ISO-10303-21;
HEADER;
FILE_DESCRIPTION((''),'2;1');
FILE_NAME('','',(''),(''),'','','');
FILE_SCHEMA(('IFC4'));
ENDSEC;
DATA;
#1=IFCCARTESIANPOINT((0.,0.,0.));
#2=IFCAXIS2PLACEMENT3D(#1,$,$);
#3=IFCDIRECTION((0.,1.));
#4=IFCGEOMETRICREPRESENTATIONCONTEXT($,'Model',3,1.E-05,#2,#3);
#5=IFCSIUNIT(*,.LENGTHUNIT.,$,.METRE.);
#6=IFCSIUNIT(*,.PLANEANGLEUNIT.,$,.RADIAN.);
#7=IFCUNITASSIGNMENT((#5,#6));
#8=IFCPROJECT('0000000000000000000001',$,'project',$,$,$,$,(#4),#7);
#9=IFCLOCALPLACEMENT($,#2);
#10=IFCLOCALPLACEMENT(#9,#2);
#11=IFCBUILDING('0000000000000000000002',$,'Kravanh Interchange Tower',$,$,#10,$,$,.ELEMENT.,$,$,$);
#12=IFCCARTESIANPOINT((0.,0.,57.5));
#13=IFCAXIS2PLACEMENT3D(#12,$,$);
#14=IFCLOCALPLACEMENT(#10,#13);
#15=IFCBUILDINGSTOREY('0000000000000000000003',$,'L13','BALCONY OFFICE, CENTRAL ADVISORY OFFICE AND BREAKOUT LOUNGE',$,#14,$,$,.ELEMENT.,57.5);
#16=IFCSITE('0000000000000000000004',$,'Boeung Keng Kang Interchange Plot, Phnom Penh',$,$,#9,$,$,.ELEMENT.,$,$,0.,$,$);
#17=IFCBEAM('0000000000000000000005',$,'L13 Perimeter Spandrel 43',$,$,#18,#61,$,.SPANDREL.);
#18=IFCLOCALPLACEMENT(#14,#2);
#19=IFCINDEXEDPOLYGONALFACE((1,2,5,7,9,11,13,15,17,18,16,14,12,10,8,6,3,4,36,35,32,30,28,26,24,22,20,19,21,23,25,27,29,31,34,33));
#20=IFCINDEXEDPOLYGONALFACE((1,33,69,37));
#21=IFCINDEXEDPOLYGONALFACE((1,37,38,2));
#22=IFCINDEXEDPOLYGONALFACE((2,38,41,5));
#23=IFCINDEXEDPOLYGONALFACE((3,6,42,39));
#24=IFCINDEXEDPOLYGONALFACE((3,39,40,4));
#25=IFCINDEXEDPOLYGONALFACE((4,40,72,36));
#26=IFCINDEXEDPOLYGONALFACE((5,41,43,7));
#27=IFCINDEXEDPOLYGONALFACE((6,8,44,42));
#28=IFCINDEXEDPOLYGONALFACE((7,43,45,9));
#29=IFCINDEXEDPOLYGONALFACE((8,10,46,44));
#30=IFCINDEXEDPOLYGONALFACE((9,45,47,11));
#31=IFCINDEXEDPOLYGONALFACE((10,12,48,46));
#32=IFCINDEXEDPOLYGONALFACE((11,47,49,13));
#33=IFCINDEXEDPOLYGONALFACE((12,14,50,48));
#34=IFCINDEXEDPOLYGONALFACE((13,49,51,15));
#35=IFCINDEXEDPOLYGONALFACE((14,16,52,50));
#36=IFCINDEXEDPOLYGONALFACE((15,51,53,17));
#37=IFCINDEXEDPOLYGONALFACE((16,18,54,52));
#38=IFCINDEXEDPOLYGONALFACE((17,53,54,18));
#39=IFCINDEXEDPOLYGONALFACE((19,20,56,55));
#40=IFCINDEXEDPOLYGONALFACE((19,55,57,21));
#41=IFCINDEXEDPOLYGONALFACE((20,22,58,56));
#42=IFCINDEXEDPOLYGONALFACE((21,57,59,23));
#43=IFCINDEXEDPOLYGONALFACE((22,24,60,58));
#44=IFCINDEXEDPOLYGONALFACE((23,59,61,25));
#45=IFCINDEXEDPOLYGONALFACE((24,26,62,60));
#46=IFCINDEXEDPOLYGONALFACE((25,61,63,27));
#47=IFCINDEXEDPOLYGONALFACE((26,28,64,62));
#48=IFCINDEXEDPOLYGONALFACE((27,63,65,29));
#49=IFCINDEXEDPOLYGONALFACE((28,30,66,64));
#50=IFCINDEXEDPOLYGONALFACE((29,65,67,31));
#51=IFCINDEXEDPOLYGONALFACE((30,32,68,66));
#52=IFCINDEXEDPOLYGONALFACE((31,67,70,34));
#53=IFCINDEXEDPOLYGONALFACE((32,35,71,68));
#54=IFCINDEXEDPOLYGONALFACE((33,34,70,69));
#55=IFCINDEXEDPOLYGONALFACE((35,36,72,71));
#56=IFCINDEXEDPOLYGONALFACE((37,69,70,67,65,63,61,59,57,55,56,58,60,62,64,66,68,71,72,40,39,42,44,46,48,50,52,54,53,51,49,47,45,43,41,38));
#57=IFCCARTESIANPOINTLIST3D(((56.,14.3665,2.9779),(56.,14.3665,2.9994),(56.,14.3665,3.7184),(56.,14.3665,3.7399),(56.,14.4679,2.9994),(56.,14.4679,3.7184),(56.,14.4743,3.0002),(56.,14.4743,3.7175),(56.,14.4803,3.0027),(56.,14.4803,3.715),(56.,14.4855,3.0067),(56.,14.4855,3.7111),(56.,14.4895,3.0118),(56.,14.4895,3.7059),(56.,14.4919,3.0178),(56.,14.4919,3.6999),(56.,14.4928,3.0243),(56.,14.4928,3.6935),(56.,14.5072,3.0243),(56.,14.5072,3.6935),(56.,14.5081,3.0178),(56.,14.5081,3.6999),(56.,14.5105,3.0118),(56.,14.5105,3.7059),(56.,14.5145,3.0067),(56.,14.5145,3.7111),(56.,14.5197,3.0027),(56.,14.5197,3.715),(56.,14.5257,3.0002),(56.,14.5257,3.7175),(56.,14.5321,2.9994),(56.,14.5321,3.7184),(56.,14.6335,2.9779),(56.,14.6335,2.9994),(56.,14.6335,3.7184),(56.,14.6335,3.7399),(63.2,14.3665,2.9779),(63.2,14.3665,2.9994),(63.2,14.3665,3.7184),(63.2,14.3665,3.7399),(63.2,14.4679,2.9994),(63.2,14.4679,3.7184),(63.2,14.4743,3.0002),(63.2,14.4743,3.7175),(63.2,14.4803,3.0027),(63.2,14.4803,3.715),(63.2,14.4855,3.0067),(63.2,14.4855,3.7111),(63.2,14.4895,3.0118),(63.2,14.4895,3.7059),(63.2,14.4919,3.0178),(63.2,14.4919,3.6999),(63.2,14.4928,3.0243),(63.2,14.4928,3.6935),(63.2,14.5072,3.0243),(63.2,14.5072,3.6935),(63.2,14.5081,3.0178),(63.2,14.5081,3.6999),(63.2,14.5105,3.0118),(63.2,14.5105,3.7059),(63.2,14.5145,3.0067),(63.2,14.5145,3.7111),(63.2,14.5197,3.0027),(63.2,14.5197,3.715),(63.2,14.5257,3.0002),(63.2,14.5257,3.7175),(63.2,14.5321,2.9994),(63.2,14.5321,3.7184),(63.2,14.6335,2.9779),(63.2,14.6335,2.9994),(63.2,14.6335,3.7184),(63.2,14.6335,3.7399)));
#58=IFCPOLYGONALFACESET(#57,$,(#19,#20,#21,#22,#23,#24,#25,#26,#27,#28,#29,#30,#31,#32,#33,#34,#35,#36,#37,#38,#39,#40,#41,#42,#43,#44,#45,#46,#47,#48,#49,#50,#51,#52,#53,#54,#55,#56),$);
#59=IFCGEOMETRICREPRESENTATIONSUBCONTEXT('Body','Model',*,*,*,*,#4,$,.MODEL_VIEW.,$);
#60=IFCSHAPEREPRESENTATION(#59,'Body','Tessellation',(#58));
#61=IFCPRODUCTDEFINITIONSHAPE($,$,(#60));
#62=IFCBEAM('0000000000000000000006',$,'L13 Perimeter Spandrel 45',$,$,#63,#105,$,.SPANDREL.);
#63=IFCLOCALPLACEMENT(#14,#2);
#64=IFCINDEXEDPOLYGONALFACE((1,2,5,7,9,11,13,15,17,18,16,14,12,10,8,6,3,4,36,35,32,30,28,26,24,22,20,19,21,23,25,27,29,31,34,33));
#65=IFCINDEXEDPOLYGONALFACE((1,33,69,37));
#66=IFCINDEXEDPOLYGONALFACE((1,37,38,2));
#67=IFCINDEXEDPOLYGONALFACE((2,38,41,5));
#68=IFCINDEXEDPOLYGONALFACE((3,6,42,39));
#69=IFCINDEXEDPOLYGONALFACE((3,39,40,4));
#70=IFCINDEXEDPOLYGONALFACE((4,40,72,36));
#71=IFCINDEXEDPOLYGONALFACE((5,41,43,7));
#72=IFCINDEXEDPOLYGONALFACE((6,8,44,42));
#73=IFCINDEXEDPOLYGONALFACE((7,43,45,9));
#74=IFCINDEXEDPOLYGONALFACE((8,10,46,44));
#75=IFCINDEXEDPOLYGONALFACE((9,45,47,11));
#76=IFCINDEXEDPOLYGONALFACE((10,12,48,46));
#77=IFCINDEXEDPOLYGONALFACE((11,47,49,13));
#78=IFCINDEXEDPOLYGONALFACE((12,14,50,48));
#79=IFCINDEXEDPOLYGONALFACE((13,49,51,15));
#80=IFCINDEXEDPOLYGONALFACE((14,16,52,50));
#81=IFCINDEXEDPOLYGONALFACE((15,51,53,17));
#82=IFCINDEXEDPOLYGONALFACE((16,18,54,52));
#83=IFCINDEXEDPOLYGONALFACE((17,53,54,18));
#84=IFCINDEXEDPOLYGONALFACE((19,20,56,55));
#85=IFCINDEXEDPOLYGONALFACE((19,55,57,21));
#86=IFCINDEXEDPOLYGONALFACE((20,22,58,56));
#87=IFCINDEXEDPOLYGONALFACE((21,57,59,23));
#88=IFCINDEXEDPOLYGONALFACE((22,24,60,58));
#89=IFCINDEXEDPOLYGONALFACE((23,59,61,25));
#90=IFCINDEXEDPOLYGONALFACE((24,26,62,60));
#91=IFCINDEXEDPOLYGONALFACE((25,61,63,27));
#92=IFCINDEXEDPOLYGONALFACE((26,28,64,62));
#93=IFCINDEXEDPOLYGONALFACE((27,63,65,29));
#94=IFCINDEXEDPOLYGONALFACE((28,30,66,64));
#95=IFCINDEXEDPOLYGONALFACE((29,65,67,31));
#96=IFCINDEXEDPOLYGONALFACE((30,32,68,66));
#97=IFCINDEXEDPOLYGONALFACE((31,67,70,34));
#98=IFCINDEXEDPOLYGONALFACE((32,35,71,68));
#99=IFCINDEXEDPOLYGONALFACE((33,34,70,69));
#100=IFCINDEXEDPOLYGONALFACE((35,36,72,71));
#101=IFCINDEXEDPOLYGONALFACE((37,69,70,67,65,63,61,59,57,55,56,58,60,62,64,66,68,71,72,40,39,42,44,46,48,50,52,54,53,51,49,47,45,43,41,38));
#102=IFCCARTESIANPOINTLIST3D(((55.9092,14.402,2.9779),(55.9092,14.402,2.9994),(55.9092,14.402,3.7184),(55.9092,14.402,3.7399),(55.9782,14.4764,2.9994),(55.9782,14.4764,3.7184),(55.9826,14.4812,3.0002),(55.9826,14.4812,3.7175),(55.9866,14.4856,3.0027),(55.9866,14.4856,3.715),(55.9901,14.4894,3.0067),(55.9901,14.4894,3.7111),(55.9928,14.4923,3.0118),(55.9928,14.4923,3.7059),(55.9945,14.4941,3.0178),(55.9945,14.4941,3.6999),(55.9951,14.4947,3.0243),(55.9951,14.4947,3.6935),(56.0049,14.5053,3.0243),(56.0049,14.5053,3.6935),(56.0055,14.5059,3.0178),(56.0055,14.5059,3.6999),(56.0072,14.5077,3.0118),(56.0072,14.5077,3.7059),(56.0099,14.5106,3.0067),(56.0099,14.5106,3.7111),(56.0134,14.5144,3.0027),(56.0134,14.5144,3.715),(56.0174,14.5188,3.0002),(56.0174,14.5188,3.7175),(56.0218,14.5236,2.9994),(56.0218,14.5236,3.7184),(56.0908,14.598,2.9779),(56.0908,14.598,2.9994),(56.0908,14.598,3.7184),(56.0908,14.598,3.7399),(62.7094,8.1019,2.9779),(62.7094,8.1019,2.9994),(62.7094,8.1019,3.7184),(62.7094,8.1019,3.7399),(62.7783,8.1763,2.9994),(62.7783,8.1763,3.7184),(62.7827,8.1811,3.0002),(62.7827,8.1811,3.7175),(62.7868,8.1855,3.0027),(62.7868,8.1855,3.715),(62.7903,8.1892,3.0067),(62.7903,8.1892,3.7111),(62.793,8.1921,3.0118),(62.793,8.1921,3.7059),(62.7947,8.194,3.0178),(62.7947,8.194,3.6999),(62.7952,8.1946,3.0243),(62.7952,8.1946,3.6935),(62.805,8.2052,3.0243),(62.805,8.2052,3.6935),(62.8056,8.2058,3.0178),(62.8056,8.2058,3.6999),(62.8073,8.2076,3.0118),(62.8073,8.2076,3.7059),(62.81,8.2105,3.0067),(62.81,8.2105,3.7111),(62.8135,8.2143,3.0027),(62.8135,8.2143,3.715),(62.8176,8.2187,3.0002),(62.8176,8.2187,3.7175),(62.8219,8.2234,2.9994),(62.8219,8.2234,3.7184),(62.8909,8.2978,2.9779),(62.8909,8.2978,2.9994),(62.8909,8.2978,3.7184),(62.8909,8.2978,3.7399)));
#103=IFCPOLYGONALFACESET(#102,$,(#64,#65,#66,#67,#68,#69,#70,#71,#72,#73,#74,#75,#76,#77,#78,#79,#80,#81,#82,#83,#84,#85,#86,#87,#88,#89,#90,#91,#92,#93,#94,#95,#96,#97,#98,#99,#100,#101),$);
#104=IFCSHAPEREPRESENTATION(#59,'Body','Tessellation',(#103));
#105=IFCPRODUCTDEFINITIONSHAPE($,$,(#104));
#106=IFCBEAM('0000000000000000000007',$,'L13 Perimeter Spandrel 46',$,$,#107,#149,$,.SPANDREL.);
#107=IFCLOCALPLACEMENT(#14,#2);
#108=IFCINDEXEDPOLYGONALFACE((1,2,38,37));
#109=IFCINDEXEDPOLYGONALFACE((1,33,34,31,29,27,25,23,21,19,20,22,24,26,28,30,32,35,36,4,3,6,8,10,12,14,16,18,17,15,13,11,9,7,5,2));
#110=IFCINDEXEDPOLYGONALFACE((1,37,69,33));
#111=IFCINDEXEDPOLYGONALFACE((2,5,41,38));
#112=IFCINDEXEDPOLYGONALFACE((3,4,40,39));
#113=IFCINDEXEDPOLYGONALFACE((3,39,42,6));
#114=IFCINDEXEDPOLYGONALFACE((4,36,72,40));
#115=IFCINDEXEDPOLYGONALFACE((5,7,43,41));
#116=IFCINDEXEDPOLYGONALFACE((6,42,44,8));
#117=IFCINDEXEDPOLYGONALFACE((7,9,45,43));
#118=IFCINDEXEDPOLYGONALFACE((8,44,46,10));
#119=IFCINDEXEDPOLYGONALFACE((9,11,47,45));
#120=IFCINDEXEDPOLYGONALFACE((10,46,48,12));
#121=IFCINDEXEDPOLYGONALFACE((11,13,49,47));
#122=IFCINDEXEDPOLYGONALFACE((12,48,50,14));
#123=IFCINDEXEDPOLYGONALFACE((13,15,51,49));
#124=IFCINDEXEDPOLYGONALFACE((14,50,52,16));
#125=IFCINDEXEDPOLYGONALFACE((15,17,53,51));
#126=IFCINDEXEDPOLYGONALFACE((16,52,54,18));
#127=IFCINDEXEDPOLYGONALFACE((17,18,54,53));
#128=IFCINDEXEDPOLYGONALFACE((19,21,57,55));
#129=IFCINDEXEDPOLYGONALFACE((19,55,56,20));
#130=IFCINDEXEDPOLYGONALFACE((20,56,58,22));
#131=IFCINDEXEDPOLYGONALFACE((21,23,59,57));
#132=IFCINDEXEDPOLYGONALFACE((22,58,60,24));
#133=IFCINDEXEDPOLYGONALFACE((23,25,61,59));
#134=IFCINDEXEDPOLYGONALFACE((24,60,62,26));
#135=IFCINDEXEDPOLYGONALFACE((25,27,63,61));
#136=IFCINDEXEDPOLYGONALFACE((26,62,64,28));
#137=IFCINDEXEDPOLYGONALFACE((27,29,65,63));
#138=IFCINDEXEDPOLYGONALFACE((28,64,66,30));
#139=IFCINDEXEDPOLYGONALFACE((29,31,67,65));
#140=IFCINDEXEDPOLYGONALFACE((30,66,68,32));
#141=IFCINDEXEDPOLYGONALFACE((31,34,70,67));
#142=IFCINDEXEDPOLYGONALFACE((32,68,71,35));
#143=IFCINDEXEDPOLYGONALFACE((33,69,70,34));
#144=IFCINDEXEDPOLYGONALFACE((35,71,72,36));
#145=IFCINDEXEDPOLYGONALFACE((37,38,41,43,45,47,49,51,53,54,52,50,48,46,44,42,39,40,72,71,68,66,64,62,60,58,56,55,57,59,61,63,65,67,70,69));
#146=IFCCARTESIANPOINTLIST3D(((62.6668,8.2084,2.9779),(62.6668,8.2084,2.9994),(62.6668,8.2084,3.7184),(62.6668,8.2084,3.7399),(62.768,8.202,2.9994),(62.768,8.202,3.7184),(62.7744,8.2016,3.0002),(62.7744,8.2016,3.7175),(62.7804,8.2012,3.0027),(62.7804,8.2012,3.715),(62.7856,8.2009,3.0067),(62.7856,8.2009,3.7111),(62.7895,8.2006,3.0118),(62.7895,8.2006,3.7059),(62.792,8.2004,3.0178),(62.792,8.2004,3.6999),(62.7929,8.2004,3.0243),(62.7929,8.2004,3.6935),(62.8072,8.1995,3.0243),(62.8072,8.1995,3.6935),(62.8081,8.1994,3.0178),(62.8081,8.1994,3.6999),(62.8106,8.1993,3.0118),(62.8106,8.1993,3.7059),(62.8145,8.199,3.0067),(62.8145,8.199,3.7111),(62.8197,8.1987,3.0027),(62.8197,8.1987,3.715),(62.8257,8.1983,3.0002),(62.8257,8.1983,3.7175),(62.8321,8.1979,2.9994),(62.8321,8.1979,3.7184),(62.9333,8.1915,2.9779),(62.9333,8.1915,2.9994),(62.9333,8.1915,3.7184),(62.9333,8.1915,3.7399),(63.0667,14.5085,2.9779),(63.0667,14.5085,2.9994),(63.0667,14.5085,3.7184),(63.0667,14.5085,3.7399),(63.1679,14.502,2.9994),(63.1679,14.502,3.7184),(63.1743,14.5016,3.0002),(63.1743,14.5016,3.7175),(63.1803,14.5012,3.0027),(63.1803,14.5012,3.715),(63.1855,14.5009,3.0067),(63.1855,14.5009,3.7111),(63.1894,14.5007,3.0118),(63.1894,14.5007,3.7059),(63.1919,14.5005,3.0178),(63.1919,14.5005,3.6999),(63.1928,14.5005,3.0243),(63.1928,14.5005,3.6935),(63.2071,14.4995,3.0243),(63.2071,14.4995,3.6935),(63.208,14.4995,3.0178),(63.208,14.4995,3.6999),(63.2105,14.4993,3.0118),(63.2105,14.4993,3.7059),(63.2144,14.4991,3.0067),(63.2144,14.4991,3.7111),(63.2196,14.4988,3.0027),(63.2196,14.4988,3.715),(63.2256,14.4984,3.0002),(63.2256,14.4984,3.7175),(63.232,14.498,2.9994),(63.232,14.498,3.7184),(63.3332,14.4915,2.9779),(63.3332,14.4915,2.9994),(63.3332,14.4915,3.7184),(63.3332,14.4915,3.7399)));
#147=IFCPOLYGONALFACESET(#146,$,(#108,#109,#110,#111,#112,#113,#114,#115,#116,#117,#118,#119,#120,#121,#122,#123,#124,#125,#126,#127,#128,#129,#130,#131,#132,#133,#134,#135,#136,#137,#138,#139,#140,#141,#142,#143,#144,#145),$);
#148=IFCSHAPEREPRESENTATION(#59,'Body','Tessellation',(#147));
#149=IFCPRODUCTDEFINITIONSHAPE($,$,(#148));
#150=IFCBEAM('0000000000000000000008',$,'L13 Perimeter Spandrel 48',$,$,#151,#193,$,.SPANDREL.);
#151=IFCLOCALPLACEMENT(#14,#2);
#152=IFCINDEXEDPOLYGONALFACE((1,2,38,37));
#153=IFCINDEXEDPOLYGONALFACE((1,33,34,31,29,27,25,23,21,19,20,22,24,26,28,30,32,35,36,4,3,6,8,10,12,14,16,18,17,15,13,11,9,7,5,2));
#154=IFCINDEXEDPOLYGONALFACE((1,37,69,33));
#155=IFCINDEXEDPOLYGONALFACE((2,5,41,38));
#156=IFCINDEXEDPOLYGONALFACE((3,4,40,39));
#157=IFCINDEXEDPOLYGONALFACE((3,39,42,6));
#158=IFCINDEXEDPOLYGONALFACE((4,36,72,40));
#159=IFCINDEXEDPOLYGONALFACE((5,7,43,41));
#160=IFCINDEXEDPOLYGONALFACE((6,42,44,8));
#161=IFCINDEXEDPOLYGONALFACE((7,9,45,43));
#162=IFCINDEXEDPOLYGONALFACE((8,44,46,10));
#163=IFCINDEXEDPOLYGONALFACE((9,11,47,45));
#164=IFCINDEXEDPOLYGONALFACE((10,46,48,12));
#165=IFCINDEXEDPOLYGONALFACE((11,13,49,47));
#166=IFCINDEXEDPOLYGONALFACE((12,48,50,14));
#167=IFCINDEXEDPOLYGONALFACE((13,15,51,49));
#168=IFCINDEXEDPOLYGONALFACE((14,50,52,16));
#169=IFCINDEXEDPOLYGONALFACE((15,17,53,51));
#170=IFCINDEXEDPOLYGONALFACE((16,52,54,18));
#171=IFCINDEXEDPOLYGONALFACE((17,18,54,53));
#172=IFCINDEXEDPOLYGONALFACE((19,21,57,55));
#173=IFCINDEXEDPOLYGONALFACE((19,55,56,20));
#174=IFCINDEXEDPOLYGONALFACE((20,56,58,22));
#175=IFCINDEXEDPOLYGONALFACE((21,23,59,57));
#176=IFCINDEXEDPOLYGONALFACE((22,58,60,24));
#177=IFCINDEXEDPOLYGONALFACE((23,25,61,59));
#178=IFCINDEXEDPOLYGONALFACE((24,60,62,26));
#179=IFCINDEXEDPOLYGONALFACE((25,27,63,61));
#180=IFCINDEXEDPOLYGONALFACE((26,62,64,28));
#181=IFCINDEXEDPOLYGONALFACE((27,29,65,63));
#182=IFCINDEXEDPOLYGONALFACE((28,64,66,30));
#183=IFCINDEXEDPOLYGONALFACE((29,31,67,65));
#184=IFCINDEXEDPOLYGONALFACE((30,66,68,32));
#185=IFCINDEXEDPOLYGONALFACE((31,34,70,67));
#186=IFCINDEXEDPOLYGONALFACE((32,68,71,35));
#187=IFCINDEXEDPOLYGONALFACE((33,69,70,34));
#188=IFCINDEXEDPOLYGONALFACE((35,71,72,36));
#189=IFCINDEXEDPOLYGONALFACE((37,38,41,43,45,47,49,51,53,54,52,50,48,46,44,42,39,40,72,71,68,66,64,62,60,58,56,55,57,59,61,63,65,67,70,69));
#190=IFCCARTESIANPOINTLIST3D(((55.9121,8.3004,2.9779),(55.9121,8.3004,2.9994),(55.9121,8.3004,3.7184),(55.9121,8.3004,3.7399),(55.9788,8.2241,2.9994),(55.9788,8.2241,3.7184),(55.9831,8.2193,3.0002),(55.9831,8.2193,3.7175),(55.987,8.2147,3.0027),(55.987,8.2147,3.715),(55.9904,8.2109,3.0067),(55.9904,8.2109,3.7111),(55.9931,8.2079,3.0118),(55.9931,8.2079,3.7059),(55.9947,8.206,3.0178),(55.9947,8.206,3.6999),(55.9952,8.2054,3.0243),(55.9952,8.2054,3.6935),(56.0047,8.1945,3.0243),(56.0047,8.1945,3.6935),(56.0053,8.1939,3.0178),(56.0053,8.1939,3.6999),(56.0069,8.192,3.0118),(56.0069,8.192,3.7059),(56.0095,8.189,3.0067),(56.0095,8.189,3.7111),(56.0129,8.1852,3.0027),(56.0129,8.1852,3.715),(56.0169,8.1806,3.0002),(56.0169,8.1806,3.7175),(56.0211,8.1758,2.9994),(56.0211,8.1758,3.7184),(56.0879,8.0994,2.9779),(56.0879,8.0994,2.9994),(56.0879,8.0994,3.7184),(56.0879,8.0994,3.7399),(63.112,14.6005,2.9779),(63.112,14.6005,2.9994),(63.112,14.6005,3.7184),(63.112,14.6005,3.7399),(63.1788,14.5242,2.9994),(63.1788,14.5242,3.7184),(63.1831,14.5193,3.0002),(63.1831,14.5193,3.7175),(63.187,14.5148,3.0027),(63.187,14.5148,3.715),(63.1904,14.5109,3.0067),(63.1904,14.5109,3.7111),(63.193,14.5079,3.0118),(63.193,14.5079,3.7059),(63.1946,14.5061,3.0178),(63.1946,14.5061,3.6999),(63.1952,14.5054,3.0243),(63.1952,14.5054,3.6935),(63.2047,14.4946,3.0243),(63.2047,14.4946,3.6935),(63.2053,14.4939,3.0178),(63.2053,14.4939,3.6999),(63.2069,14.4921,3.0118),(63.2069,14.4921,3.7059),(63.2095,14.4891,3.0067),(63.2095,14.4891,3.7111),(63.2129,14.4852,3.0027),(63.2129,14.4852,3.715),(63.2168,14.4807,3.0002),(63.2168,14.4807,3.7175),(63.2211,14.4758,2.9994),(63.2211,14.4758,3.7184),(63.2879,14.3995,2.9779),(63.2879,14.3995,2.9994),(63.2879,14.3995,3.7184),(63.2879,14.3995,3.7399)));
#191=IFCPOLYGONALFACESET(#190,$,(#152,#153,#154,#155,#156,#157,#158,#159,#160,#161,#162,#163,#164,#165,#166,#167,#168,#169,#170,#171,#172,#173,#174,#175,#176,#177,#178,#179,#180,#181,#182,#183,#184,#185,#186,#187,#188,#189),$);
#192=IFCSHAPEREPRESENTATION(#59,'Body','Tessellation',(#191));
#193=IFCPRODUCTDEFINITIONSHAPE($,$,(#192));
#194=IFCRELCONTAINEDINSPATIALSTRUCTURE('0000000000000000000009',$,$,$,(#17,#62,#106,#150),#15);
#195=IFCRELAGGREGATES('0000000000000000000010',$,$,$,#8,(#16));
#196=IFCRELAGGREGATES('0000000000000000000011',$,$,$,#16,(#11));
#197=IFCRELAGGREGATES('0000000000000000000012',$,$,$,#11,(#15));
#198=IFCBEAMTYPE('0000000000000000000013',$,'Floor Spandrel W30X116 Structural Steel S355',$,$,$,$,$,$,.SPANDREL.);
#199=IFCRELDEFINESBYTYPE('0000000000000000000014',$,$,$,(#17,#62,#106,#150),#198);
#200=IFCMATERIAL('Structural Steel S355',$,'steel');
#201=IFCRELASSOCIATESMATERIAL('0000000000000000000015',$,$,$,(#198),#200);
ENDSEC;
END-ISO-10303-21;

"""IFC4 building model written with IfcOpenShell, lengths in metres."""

from ifc_helpers import new_model, si_unit, direction, frame, origin, origin_2d, place, context, subcontext, project, spatial, i_section, extrude, material, material_profile, profile_set, type_object, element, save


model = new_model("IFC4")

# Units and contexts
model_context = context("Model", 3, precision=1e-05, world=origin(), true_north=direction((0.0, 1.0)))
body_context = subcontext(model_context, "Body", "Model", "MODEL_VIEW")
ifc_project = project(units=[si_unit("LENGTHUNIT", "METRE"), si_unit("PLANEANGLEUNIT", "RADIAN")], contexts=[model_context])

# Site, building, storey
site_placement = place(None, origin())
site = spatial("IfcSite", under=ifc_project, at=site_placement, Name="Boeung Keng Kang Interchange Plot, Phnom Penh", CompositionType="ELEMENT", RefElevation=0.0)
building_placement = place(site_placement, origin())
building = spatial("IfcBuilding", under=site, at=building_placement, Name="Kravanh Interchange Tower", CompositionType="ELEMENT")
storey_placement = place(building_placement, frame((0.0, 0.0, 57.5)))
storey = spatial("IfcBuildingStorey", under=building, at=storey_placement, Name="L13", Description="BALCONY OFFICE, CENTRAL ADVISORY OFFICE AND BREAKOUT LOUNGE", CompositionType="ELEMENT", Elevation=57.5)

# Beams
ifc_material_1 = material(Name="Structural Steel S355", Category="steel")
ifc_material_profile_1 = material_profile(ifc_material_1, i_section(OverallWidth=0.2671, OverallDepth=0.762, WebThickness=0.0144, FlangeThickness=0.0215, FilletRadius=0.0249, at=origin_2d()), Name="W30X116")
ifc_profile_set_1 = profile_set([ifc_material_profile_1], Name="Structural Steel S355")
beam_type_1 = type_object("IfcBeamType", Name="Floor Spandrel W30X116 Structural Steel S355", PredefinedType="SPANDREL", material=ifc_profile_set_1)
beam_1_placement = place(storey_placement, frame((56.0, 14.5, 3.3589), z_axis=(1.0, 0.0, 0.0), x_axis=(0.0, 1.0, 0.0)))
element("IfcBeam", 1, at=beam_1_placement, inside=storey, type_object=beam_type_1, Name="L13 Perimeter Spandrel 43", PredefinedType="SPANDREL", context=body_context, shape_type="SweptSolid", body=[
    extrude(i_section(OverallWidth=0.2671, OverallDepth=0.762, WebThickness=0.0144, FlangeThickness=0.0215, FilletRadius=0.0249, at=origin_2d()), origin(), (0.0, 0.0, 1.0), 7.2),
])
beam_2_placement = place(storey_placement, frame((56.0, 14.5, 3.3589), z_axis=(0.733561, -0.679623, 0.0), x_axis=(0.679623, 0.733561, 0.0)))
element("IfcBeam", 2, at=beam_2_placement, inside=storey, type_object=beam_type_1, Name="L13 Perimeter Spandrel 45", PredefinedType="SPANDREL", context=body_context, shape_type="SweptSolid", body=[
    extrude(i_section(OverallWidth=0.2671, OverallDepth=0.762, WebThickness=0.0144, FlangeThickness=0.0215, FilletRadius=0.0249, at=origin_2d()), origin(), (0.0, 0.0, 1.0), 9.27),
])
beam_3_placement = place(storey_placement, frame((63.2, 14.5, 3.3589), z_axis=(-0.063349, -0.997991, 0.0), x_axis=(0.997991, -0.063349, 0.0)))
element("IfcBeam", 3, at=beam_3_placement, inside=storey, type_object=beam_type_1, Name="L13 Perimeter Spandrel 46", PredefinedType="SPANDREL", context=body_context, shape_type="SweptSolid", body=[
    extrude(i_section(OverallWidth=0.2671, OverallDepth=0.762, WebThickness=0.0144, FlangeThickness=0.0215, FilletRadius=0.0249, at=origin_2d()), origin(), (0.0, 0.0, 1.0), 6.3127),
])
beam_4_placement = place(storey_placement, frame((63.2, 14.5, 3.3589), z_axis=(-0.752572, -0.65851, 0.0), x_axis=(0.65851, -0.752572, 0.0)))
element("IfcBeam", 4, at=beam_4_placement, inside=storey, type_object=beam_type_1, Name="L13 Perimeter Spandrel 48", PredefinedType="SPANDREL", context=body_context, shape_type="SweptSolid", body=[
    extrude(i_section(OverallWidth=0.2671, OverallDepth=0.762, WebThickness=0.0144, FlangeThickness=0.0215, FilletRadius=0.0249, at=origin_2d()), origin(), (0.0, 0.0, 1.0), 9.5671),
])

save(model, "model.ifc")
